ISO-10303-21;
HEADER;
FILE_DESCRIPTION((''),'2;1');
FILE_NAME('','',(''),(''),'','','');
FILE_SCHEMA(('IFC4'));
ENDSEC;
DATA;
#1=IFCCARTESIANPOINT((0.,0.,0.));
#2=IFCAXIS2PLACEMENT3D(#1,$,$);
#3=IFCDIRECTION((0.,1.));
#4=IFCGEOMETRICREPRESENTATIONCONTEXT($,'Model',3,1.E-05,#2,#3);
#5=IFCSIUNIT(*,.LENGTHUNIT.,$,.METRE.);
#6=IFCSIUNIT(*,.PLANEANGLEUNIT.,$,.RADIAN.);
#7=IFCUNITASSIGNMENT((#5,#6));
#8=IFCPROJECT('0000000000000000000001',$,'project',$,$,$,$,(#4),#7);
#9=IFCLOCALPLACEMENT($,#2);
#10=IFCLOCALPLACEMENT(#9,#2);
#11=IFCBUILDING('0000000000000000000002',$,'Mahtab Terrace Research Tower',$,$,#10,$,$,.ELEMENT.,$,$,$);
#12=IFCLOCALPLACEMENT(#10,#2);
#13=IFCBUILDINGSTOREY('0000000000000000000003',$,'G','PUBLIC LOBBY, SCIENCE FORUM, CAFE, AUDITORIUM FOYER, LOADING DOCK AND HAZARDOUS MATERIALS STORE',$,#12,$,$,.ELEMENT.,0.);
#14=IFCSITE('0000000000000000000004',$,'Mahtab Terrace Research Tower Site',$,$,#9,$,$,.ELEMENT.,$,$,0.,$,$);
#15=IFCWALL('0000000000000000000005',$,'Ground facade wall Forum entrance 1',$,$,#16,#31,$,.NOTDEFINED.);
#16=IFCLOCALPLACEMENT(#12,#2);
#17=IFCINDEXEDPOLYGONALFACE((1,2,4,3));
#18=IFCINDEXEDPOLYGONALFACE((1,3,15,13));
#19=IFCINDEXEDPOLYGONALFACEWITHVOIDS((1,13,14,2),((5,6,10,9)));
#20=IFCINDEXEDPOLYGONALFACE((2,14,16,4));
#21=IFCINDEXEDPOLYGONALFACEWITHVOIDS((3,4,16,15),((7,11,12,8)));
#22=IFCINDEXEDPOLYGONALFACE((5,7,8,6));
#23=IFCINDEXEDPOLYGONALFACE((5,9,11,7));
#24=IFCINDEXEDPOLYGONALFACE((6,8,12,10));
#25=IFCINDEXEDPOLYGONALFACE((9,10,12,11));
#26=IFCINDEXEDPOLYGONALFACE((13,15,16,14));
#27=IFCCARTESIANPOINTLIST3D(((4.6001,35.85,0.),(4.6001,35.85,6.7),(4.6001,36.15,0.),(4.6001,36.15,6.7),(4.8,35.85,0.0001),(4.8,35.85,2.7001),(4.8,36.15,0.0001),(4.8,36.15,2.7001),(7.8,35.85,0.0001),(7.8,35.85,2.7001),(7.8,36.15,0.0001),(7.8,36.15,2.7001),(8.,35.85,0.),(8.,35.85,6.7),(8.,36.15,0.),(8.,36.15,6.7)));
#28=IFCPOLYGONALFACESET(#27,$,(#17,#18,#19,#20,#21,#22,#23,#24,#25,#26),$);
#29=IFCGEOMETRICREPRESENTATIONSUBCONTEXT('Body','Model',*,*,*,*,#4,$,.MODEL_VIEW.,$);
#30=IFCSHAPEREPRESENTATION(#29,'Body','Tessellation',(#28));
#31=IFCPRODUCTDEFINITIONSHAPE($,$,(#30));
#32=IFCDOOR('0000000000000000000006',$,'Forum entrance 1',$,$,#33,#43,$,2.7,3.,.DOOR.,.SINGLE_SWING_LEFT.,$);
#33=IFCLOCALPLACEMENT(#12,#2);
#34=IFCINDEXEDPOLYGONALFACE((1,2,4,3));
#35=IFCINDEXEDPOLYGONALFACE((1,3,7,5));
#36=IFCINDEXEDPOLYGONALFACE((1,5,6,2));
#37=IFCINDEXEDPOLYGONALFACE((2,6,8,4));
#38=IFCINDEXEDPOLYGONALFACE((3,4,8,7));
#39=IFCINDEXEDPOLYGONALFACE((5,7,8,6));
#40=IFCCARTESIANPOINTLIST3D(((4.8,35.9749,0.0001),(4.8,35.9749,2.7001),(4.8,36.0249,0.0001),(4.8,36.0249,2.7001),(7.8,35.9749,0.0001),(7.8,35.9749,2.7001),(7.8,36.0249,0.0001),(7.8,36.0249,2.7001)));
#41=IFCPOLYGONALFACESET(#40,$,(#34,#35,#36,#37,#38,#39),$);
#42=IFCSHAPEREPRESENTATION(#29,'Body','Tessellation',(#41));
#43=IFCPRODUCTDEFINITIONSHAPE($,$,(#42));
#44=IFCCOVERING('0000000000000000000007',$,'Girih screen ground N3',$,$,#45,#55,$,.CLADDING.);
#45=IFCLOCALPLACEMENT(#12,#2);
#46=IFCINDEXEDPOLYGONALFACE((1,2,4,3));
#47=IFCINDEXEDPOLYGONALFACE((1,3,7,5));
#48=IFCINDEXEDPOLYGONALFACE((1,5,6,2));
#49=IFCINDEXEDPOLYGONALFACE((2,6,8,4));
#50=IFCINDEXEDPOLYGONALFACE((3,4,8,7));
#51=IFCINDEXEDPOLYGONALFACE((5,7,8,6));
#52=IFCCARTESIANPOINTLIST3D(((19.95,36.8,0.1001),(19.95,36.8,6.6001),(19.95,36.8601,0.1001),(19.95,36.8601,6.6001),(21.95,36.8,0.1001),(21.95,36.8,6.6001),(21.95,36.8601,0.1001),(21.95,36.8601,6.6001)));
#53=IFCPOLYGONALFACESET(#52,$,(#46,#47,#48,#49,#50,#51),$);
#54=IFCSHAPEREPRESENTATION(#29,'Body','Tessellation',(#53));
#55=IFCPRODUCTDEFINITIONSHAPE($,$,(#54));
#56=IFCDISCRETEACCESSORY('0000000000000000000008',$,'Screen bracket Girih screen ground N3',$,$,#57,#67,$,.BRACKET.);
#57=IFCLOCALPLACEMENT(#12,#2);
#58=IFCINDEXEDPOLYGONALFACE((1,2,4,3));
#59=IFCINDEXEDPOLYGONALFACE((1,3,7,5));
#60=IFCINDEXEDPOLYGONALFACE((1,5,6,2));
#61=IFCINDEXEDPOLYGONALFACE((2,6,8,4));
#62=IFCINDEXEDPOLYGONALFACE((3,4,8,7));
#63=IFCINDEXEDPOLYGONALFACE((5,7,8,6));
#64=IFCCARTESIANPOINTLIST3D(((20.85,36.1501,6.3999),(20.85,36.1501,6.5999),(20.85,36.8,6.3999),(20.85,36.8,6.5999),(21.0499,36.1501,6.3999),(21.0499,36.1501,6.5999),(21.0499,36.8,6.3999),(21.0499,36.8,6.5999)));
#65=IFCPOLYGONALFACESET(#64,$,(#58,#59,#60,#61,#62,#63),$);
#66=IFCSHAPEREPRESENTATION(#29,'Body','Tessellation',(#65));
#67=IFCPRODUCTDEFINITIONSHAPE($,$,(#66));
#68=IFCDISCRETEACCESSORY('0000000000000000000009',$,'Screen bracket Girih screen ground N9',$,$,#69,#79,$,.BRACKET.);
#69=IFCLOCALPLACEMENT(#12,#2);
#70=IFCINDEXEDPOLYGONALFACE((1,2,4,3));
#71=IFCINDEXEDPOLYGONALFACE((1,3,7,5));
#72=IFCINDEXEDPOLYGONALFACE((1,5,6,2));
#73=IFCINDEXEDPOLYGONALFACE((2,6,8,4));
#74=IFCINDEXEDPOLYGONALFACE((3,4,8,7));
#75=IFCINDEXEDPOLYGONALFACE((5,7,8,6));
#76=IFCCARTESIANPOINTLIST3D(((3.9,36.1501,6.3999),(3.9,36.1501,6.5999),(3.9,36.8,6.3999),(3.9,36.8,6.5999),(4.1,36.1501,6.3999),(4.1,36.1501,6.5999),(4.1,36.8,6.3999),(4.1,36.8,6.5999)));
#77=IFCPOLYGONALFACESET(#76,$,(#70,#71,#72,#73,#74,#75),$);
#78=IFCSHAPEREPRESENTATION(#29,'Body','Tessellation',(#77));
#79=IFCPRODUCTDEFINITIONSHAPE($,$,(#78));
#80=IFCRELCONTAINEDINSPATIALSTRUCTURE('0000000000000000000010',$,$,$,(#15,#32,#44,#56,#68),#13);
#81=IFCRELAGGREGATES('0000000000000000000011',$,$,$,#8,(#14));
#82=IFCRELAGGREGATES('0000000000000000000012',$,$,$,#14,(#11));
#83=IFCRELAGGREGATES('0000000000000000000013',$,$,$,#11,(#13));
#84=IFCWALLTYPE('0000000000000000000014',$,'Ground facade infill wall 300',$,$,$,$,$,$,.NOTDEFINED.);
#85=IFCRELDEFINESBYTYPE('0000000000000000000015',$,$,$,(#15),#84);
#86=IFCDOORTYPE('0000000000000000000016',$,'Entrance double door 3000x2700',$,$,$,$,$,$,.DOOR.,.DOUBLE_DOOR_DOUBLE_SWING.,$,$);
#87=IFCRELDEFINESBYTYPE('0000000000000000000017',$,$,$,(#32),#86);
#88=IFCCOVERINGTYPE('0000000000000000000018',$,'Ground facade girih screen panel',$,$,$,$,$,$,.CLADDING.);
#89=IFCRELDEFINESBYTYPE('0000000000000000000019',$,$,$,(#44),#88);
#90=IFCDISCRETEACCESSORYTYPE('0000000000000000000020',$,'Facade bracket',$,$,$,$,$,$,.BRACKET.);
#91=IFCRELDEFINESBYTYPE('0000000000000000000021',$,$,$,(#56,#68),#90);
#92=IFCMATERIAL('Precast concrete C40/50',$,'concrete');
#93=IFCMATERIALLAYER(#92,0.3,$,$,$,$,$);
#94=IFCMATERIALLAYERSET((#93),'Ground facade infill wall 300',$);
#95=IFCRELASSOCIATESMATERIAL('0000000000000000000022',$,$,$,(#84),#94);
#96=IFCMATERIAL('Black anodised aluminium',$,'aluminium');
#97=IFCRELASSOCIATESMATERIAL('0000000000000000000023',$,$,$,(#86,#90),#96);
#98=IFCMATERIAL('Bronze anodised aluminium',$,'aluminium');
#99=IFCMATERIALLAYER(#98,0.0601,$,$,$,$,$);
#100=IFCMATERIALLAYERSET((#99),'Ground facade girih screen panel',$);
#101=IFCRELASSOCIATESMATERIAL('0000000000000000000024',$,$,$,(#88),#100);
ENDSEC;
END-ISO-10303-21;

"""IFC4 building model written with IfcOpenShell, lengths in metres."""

from ifc_helpers import new_model, si_unit, direction, frame, frame_2d, origin, origin_2d, place, context, subcontext, project, spatial, rectangle, extrude, material, layer, layer_set, type_object, element, fill, save


model = new_model("IFC4")

# Units and contexts
model_context = context("Model", 3, precision=1e-05, world=origin(), true_north=direction((0.0, 1.0)))
body_context = subcontext(model_context, "Body", "Model", "MODEL_VIEW")
ifc_project = project(units=[si_unit("LENGTHUNIT", "METRE"), si_unit("PLANEANGLEUNIT", "RADIAN")], contexts=[model_context])

# Site, building, storey
site_placement = place(None, origin())
site = spatial("IfcSite", under=ifc_project, at=site_placement, Name="Mahtab Terrace Research Tower Site", CompositionType="ELEMENT", RefElevation=0.0)
building_placement = place(site_placement, origin())
building = spatial("IfcBuilding", under=site, at=building_placement, Name="Mahtab Terrace Research Tower", CompositionType="ELEMENT")
storey_placement = place(building_placement, origin())
storey = spatial("IfcBuildingStorey", under=building, at=storey_placement, Name="G", Description="PUBLIC LOBBY, SCIENCE FORUM, CAFE, AUDITORIUM FOYER, LOADING DOCK AND HAZARDOUS MATERIALS STORE", CompositionType="ELEMENT", Elevation=0.0)

# Wall, opening, door
ifc_material_1 = material(Name="Precast concrete C40/50", Category="concrete")
ifc_layer_1 = layer(ifc_material_1, 0.3)
ifc_layer_set_1 = layer_set([ifc_layer_1], Name="Ground facade infill wall 300")
wall_type = type_object("IfcWallType", Name="Ground facade infill wall 300", PredefinedType="NOTDEFINED", material=ifc_layer_set_1)
ifc_material_2 = material(Name="Black anodised aluminium", Category="aluminium")
door_type = type_object("IfcDoorType", Name="Entrance double door 3000x2700", OperationType="DOUBLE_DOOR_DOUBLE_SWING", PredefinedType="DOOR", material=ifc_material_2)
wall_1_placement = place(storey_placement, frame((4.6001, 36.0, 0.0), z_axis=(0.0, 0.0, 1.0), x_axis=(1.0, 0.0, 0.0)))
wall_1 = element("IfcWall", 1, at=wall_1_placement, inside=storey, type_object=wall_type, Name="Ground facade wall Forum entrance 1", PredefinedType="NOTDEFINED", context=body_context, shape_type="SweptSolid", body=[
    extrude(rectangle(XDim=3.3999, YDim=0.3, at=frame_2d((1.7, 0.0))), origin(), (0.0, 0.0, 1.0), 6.7),
])
opening_1_placement = place(wall_1_placement, frame((0.2, 0.0, 0.0)))
opening_1 = element("IfcOpeningElement", 2, at=opening_1_placement, cuts=wall_1, PredefinedType="OPENING", context=body_context, shape_type="SweptSolid", body=[
    extrude(rectangle(XDim=3.0, YDim=2.7, at=frame_2d((1.5, 1.3501))), frame((0.0, 0.1599, 0.0), z_axis=(0.0, -1.0, 0.0), x_axis=(1.0, 0.0, 0.0)), (0.0, 0.0, 1.0), 0.3201),
])
door_1_placement = place(opening_1_placement, origin())
door_1 = element("IfcDoor", 3, at=door_1_placement, inside=storey, type_object=door_type, Name="Forum entrance 1", OperationType="SINGLE_SWING_LEFT", OverallHeight=2.7, OverallWidth=3.0, PredefinedType="DOOR", context=body_context, shape_type="SweptSolid", body=[
    extrude(rectangle(XDim=3.0, YDim=2.7, at=frame_2d((1.5, 1.3501))), frame((0.0, 0.0249, 0.0), z_axis=(0.0, -1.0, 0.0), x_axis=(1.0, 0.0, 0.0)), (0.0, 0.0, 1.0), 0.05),
])
fill(opening_1, door_1)

# Covering
ifc_material_3 = material(Name="Bronze anodised aluminium", Category="aluminium")
ifc_layer_2 = layer(ifc_material_3, 0.0601)
ifc_layer_set_2 = layer_set([ifc_layer_2], Name="Ground facade girih screen panel")
covering_type = type_object("IfcCoveringType", Name="Ground facade girih screen panel", PredefinedType="CLADDING", material=ifc_layer_set_2)
covering_placement = place(storey_placement, frame((20.95, 36.8301, 0.1001), z_axis=(0.0, 0.0, 1.0), x_axis=(-1.0, 0.0, 0.0)))
element("IfcCovering", 4, at=covering_placement, inside=storey, type_object=covering_type, Name="Girih screen ground N3", PredefinedType="CLADDING", context=body_context, shape_type="SweptSolid", body=[
    extrude(rectangle(XDim=2.0, YDim=0.0601, at=origin_2d()), origin(), (0.0, 0.0, 1.0), 6.5),
])

# Discrete accessories
discrete_accessory_type = type_object("IfcDiscreteAccessoryType", Name="Facade bracket", PredefinedType="BRACKET", material=ifc_material_2)
for number, where, z_axis, x_axis, name in (
    (5, (20.95, 36.4751, 6.3999), (0.0, 0.0, 1.0), (-1.0, 0.0, 0.0), "Screen bracket Girih screen ground N3"),
    (6, (4.0, 36.4751, 6.3999), (0.0, 0.0, 1.0), (-1.0, 0.0, 0.0), "Screen bracket Girih screen ground N9"),
):
    element("IfcDiscreteAccessory", number, at=place(storey_placement, frame(where, z_axis=z_axis, x_axis=x_axis)), inside=storey, type_object=discrete_accessory_type, Name=name, PredefinedType="BRACKET", context=body_context, shape_type="SweptSolid", body=[
        extrude(rectangle(XDim=0.2, YDim=0.6499, at=origin_2d()), origin(), (0.0, 0.0, 1.0), 0.2),
    ])

save(model, "model.ifc")
